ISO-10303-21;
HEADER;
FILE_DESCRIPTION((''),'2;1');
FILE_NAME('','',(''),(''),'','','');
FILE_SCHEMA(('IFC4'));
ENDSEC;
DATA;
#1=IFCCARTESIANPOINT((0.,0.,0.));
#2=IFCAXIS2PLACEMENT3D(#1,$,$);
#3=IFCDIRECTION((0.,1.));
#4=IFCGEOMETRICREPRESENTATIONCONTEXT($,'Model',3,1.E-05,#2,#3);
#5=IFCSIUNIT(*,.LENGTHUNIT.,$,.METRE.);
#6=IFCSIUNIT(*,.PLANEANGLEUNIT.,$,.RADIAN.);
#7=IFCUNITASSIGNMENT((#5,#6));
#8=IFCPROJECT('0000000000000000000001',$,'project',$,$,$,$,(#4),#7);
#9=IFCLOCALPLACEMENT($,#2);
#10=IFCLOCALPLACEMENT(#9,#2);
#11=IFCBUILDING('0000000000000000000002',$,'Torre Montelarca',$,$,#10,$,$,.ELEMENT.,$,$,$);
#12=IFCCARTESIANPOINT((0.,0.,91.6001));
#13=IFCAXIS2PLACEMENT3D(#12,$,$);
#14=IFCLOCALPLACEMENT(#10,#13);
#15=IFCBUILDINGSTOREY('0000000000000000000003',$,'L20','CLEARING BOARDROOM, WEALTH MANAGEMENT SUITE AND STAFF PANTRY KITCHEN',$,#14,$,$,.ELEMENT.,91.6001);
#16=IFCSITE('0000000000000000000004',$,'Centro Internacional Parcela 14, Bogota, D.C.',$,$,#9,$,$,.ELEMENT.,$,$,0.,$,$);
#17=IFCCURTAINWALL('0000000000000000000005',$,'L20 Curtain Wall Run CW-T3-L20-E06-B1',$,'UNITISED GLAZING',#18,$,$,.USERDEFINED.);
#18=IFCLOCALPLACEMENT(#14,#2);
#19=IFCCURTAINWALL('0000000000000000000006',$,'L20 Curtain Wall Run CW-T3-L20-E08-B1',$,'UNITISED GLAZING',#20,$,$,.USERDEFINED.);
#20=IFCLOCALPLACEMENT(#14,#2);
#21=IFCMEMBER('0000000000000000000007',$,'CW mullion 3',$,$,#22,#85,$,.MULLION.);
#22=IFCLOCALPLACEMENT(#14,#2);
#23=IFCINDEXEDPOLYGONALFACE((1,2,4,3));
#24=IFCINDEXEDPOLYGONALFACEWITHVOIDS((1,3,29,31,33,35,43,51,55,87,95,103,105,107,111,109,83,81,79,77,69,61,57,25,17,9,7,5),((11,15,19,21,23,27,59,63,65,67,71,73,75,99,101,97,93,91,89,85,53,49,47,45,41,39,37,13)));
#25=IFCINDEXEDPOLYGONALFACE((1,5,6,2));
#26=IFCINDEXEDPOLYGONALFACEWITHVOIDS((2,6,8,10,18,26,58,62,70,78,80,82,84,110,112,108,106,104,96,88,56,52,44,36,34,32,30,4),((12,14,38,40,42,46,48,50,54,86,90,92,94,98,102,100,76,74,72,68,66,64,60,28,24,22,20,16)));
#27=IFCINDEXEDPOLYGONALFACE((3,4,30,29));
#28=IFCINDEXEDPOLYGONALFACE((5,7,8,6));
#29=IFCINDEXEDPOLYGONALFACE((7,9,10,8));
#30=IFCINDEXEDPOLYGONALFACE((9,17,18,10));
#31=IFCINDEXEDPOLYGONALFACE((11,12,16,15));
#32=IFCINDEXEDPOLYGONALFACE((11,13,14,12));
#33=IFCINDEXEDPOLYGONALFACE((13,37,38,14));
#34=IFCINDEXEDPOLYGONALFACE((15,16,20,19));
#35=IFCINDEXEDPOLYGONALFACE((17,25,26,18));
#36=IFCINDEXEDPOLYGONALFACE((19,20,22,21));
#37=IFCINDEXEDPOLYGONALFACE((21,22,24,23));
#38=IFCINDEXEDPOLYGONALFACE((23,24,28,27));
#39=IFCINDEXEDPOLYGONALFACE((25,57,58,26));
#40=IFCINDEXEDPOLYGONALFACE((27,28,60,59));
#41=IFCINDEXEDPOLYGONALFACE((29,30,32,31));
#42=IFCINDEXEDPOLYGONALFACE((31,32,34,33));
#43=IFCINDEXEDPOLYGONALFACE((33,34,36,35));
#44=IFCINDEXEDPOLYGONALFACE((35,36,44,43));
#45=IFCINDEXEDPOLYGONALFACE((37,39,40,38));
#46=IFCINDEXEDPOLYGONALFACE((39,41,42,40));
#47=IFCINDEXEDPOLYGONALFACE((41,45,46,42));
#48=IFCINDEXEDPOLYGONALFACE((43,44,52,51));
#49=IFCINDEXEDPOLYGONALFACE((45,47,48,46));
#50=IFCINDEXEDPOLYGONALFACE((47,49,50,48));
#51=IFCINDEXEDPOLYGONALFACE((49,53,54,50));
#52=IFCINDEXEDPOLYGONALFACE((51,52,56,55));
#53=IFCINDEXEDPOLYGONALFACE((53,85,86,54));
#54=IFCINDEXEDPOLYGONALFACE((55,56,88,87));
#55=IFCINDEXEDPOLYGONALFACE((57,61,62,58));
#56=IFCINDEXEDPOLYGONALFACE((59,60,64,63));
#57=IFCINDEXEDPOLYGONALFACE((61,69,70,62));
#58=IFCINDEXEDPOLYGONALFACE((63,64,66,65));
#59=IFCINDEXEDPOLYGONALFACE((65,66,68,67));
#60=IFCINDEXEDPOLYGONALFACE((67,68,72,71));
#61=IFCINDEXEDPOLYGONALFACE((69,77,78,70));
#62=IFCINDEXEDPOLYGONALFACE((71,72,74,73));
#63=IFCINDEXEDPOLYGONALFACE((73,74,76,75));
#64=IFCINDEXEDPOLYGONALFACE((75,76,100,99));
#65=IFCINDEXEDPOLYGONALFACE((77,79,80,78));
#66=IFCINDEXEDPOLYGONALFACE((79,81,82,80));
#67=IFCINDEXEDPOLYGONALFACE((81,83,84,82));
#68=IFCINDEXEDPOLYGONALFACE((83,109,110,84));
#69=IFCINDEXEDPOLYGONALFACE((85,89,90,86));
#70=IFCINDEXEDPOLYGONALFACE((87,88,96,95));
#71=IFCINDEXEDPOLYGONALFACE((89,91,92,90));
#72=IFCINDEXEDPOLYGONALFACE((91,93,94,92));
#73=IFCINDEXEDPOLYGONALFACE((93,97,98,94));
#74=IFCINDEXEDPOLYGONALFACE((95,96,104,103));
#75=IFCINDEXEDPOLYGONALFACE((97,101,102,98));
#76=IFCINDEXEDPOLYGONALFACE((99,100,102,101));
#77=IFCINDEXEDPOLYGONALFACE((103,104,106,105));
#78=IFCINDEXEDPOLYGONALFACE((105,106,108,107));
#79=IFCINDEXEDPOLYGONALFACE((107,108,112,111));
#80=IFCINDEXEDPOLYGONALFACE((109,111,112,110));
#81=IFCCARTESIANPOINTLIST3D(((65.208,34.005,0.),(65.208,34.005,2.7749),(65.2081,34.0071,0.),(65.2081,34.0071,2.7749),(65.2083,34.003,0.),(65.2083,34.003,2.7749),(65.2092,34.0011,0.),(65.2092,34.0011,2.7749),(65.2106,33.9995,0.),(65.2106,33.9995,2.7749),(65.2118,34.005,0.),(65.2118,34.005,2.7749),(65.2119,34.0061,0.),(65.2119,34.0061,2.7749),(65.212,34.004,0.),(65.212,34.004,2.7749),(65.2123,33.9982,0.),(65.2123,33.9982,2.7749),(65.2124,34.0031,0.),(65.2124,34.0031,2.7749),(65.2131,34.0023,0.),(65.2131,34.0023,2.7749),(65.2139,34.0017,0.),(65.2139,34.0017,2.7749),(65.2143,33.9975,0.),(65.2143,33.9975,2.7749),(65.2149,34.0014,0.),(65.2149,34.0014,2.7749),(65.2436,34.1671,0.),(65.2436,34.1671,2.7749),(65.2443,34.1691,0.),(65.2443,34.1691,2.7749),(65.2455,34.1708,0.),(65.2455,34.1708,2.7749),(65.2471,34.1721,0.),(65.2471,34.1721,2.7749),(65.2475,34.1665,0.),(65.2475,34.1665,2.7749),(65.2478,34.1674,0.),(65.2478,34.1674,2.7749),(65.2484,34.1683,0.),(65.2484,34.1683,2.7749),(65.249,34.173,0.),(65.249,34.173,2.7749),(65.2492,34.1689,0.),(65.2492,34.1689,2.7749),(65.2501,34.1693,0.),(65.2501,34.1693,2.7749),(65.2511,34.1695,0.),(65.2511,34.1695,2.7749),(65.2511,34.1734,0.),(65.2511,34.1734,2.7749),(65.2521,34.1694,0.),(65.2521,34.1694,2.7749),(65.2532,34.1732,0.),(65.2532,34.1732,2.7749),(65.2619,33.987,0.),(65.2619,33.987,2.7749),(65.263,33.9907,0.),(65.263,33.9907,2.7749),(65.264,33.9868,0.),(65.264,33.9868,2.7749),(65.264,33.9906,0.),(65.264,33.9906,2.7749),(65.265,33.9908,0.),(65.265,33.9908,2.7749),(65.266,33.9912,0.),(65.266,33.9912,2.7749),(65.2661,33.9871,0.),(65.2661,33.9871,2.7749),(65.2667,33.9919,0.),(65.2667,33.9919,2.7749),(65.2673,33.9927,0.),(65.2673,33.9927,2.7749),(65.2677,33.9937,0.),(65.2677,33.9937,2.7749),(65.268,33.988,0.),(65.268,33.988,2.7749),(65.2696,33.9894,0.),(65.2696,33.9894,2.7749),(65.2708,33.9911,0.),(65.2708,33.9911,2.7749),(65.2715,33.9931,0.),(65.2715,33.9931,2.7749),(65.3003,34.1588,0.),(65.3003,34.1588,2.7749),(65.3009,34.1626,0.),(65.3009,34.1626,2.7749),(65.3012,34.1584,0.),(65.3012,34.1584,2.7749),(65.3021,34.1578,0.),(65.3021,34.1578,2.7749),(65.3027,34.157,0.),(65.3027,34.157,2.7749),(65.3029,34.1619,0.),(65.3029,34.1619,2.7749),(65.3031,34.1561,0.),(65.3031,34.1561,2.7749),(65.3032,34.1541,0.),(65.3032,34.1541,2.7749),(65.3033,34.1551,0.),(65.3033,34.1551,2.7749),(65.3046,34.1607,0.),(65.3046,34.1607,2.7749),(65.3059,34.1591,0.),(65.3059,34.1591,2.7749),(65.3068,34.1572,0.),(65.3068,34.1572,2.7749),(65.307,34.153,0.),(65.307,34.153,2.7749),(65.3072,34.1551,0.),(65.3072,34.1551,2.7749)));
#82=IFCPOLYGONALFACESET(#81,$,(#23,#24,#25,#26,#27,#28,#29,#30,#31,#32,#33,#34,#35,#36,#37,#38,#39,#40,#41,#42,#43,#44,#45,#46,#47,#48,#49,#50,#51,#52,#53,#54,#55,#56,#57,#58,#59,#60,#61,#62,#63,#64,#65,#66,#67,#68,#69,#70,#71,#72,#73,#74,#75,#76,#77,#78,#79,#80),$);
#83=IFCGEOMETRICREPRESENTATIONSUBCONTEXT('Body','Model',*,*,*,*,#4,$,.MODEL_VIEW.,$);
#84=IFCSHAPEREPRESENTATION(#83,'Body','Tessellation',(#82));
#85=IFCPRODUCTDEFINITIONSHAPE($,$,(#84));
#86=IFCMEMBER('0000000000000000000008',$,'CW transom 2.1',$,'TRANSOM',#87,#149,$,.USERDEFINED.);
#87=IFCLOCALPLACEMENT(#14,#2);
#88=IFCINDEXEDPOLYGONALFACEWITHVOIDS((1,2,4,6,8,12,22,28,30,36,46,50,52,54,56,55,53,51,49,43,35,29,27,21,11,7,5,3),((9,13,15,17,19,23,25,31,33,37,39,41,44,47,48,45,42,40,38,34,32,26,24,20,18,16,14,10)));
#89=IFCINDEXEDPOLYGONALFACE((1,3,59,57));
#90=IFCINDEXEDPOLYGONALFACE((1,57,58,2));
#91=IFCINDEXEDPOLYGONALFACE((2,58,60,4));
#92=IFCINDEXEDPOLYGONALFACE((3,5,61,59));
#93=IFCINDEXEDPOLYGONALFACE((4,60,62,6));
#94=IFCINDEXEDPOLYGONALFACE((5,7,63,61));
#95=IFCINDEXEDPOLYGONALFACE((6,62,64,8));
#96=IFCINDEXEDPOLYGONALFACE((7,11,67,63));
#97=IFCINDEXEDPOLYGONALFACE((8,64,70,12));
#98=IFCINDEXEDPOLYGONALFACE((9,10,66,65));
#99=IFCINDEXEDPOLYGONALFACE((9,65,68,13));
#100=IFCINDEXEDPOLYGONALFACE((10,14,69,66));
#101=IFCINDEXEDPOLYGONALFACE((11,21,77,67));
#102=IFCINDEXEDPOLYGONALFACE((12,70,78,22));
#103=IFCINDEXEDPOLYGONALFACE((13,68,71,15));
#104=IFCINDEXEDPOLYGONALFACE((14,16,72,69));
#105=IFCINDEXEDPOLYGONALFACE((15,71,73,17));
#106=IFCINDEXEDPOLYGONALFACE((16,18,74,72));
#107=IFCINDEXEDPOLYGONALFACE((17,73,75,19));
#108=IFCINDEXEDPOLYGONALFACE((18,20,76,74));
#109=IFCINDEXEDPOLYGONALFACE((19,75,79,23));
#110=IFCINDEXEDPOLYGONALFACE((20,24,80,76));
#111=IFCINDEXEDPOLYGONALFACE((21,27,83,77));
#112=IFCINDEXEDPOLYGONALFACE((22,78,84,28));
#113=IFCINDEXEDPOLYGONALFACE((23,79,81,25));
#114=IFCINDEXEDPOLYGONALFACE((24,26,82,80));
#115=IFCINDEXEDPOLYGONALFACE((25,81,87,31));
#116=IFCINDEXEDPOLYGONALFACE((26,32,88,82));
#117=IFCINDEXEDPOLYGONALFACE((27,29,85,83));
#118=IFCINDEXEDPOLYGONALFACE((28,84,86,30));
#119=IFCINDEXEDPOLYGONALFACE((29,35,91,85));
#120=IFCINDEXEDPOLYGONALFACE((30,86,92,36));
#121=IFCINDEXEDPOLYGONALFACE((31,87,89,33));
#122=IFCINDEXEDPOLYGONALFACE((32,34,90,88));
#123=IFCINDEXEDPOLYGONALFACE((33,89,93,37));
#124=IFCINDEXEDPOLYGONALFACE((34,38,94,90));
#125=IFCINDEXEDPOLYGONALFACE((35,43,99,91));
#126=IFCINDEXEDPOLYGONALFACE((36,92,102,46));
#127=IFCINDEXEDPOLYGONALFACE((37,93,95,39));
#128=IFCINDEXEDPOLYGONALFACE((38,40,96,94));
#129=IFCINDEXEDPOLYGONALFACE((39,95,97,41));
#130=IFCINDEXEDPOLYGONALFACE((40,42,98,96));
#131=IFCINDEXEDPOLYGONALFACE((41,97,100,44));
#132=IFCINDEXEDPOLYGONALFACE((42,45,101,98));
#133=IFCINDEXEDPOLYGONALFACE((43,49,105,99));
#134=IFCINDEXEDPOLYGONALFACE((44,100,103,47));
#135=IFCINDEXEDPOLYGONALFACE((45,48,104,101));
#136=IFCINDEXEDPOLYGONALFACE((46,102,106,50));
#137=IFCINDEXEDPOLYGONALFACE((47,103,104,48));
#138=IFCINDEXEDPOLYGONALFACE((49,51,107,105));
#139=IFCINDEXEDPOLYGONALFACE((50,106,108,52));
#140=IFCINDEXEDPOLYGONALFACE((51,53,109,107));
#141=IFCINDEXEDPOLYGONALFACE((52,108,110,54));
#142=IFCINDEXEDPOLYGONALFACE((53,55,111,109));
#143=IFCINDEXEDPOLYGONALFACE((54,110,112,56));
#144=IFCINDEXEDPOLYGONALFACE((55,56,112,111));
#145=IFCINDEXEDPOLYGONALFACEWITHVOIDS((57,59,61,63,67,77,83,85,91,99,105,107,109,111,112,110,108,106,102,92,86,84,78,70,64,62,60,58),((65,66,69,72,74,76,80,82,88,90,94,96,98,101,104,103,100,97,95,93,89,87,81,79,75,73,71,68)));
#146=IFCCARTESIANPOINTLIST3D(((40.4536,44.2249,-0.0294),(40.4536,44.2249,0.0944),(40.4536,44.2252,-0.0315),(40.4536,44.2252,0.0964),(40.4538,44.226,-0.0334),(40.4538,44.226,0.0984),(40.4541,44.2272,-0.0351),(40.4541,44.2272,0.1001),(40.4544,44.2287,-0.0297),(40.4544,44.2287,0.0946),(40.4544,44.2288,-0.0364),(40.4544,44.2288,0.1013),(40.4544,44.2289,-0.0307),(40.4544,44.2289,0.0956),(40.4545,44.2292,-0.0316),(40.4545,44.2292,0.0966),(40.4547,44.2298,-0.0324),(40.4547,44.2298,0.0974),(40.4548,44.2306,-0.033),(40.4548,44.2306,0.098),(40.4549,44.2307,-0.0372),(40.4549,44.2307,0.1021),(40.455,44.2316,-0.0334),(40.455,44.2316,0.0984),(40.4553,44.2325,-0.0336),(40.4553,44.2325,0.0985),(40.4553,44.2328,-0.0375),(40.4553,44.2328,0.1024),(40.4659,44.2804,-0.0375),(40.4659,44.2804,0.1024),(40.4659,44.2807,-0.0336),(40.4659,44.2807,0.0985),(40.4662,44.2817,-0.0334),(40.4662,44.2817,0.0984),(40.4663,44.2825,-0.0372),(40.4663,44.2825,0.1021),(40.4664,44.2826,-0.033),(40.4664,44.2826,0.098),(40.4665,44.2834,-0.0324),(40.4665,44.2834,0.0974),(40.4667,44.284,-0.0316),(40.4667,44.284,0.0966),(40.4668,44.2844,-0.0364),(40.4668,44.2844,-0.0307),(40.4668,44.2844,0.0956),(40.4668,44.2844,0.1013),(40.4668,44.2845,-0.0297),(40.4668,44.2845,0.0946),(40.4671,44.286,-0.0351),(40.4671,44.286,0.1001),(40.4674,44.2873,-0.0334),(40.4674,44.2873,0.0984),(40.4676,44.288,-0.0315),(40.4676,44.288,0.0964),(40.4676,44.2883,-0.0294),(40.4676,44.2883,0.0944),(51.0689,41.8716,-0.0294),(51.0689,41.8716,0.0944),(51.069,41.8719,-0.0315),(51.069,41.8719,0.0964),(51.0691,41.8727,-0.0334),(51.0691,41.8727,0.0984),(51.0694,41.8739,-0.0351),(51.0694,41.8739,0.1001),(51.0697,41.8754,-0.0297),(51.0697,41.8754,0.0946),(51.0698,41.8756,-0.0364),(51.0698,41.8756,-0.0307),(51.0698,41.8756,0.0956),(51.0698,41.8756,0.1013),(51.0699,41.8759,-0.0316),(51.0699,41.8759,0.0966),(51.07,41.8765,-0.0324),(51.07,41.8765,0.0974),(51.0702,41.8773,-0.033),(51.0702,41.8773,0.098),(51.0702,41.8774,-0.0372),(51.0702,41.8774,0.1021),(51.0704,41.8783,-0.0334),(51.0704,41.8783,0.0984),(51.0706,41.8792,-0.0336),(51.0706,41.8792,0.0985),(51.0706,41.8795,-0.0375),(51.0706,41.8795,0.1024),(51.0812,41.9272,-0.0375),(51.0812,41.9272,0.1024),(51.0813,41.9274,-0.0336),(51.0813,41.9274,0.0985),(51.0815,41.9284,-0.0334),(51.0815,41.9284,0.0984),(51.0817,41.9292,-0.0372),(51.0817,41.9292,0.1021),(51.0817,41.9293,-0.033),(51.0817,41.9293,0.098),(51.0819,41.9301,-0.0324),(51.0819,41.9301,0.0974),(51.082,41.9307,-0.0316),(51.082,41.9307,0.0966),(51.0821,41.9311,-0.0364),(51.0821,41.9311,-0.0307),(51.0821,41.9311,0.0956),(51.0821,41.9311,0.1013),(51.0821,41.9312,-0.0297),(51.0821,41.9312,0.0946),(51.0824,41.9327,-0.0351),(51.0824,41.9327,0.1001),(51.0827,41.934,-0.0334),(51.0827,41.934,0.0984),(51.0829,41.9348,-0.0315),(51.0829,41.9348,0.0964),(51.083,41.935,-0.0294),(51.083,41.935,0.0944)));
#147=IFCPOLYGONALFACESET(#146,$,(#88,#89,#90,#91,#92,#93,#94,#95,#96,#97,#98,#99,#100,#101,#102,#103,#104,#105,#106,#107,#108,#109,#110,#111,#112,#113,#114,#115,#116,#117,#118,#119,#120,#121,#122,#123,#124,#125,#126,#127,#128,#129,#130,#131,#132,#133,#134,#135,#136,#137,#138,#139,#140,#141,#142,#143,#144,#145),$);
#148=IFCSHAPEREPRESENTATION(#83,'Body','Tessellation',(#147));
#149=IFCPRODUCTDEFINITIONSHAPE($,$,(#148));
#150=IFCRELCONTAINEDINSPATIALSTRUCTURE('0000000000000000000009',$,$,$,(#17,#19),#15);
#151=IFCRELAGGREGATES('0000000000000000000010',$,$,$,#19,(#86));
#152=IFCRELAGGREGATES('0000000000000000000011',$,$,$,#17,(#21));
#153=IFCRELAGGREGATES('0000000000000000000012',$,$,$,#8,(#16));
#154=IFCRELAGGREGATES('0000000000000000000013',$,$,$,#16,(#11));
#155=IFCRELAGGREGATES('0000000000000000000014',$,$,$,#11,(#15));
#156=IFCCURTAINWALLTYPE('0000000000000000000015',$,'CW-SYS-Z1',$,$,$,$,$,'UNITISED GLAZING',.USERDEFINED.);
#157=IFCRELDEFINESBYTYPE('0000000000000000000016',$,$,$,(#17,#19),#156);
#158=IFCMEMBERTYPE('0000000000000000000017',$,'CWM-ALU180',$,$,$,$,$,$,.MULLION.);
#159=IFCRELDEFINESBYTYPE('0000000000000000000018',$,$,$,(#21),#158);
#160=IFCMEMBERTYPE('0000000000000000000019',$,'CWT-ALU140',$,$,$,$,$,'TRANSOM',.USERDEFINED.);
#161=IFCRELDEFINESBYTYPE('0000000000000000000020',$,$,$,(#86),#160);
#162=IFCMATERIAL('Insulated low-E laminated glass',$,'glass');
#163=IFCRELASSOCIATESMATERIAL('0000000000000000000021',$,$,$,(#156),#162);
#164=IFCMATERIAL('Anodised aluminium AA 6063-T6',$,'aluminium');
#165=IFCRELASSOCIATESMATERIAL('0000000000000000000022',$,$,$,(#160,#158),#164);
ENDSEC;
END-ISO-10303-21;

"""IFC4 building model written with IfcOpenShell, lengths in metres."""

from ifc_helpers import new_model, si_unit, direction, frame, origin, origin_2d, place, context, subcontext, project, spatial, hollow_rectangle, extrude, source, transform, mapped, material, material_profile, profile_set, type_object, element, aggregate, save


model = new_model("IFC4")

# Units and contexts
model_context = context("Model", 3, precision=1e-05, world=origin(), true_north=direction((0.0, 1.0)))
body_context = subcontext(model_context, "Body", "Model", "MODEL_VIEW")
ifc_project = project(units=[si_unit("LENGTHUNIT", "METRE"), si_unit("PLANEANGLEUNIT", "RADIAN")], contexts=[model_context])

# Site, building, storey
site_placement = place(None, origin())
site = spatial("IfcSite", under=ifc_project, at=site_placement, Name="Centro Internacional Parcela 14, Bogota, D.C.", CompositionType="ELEMENT", RefElevation=0.0)
building_placement = place(site_placement, origin())
building = spatial("IfcBuilding", under=site, at=building_placement, Name="Torre Montelarca", CompositionType="ELEMENT")
storey_placement = place(building_placement, frame((0.0, 0.0, 91.6001)))
storey = spatial("IfcBuildingStorey", under=building, at=storey_placement, Name="L20", Description="CLEARING BOARDROOM, WEALTH MANAGEMENT SUITE AND STAFF PANTRY KITCHEN", CompositionType="ELEMENT", Elevation=91.6001)

# Shared definitions
ifc_material_1 = material(Name="Insulated low-E laminated glass", Category="glass")
curtain_wall_type = type_object("IfcCurtainWallType", Name="CW-SYS-Z1", ElementType="UNITISED GLAZING", PredefinedType="USERDEFINED", material=ifc_material_1)
ifc_material_2 = material(Name="Anodised aluminium AA 6063-T6", Category="aluminium")
ifc_material_profile_1 = material_profile(ifc_material_2, hollow_rectangle(XDim=0.0649, YDim=0.1399, WallThickness=0.0039, InnerFilletRadius=0.0039, OuterFilletRadius=0.0081, at=origin_2d()), Name="ALU65X140X4", Category="aluminium")
ifc_profile_set_1 = profile_set([ifc_material_profile_1], Name="Anodised aluminium AA 6063-T6")
member_type_1 = type_object("IfcMemberType", Name="CWT-ALU140", ElementType="TRANSOM", PredefinedType="USERDEFINED", material=ifc_profile_set_1)

# Curtain wall
curtain_wall_1_placement = place(storey_placement, origin())
curtain_wall_1 = element("IfcCurtainWall", 1, at=curtain_wall_1_placement, inside=storey, type_object=curtain_wall_type, Name="L20 Curtain Wall Run CW-T3-L20-E06-B1", ObjectType="UNITISED GLAZING", PredefinedType="USERDEFINED")

# Curtain wall
curtain_wall_2_placement = place(storey_placement, origin())
curtain_wall_2 = element("IfcCurtainWall", 2, at=curtain_wall_2_placement, inside=storey, type_object=curtain_wall_type, Name="L20 Curtain Wall Run CW-T3-L20-E08-B1", ObjectType="UNITISED GLAZING", PredefinedType="USERDEFINED")

# Members
ifc_material_profile_2 = material_profile(ifc_material_2, hollow_rectangle(XDim=0.0649, YDim=0.1799, WallThickness=0.0039, InnerFilletRadius=0.0039, OuterFilletRadius=0.0081, at=origin_2d()), Name="ALU65X180X4", Category="aluminium")
ifc_profile_set_2 = profile_set([ifc_material_profile_2], Name="Anodised aluminium AA 6063-T6")
member_type_2 = type_object("IfcMemberType", Name="CWM-ALU180", PredefinedType="MULLION", material=ifc_profile_set_2)
shared_shape_1 = source(origin(), body_context, "Body", "SweptSolid", [
    extrude(hollow_rectangle(XDim=0.0649, YDim=0.1799, WallThickness=0.0039, InnerFilletRadius=0.0039, OuterFilletRadius=0.0081, at=origin_2d()), origin(), (0.0, 0.0, 1.0), 2.7749),
])
member_1_placement = place(storey_placement, frame((65.2576, 34.0801, 0.0), z_axis=(0.0, 0.0, 1.0), x_axis=(-0.976296, 0.216441, 0.0)))
member_1 = element("IfcMember", 3, at=member_1_placement, type_object=member_type_2, Name="CW mullion 3", PredefinedType="MULLION", context=body_context, shape_type="MappedRepresentation", body=[
    mapped(shared_shape_1, transform((0.0, 0.0, 0.0), scale=1.0)),
])
shared_shape_2 = source(origin(), body_context, "Body", "SweptSolid", [
    extrude(hollow_rectangle(XDim=0.0649, YDim=0.1399, WallThickness=0.0039, InnerFilletRadius=0.0039, OuterFilletRadius=0.0081, at=origin_2d()), origin(), (0.0, 0.0, 1.0), 10.873),
])
member_2_placement = place(storey_placement, frame((51.0759, 41.9033, 0.0325), z_axis=(-0.976297, 0.216434, 0.0), x_axis=(-0.216434, -0.976297, 0.0)))
member_2 = element("IfcMember", 4, at=member_2_placement, type_object=member_type_1, Name="CW transom 2.1", ObjectType="TRANSOM", PredefinedType="USERDEFINED", context=body_context, shape_type="MappedRepresentation", body=[
    mapped(shared_shape_2, transform((0.0, 0.0, 0.0), scale=1.0)),
])

aggregate(curtain_wall_2, [member_2])
aggregate(curtain_wall_1, [member_1])

save(model, "model.ifc")
